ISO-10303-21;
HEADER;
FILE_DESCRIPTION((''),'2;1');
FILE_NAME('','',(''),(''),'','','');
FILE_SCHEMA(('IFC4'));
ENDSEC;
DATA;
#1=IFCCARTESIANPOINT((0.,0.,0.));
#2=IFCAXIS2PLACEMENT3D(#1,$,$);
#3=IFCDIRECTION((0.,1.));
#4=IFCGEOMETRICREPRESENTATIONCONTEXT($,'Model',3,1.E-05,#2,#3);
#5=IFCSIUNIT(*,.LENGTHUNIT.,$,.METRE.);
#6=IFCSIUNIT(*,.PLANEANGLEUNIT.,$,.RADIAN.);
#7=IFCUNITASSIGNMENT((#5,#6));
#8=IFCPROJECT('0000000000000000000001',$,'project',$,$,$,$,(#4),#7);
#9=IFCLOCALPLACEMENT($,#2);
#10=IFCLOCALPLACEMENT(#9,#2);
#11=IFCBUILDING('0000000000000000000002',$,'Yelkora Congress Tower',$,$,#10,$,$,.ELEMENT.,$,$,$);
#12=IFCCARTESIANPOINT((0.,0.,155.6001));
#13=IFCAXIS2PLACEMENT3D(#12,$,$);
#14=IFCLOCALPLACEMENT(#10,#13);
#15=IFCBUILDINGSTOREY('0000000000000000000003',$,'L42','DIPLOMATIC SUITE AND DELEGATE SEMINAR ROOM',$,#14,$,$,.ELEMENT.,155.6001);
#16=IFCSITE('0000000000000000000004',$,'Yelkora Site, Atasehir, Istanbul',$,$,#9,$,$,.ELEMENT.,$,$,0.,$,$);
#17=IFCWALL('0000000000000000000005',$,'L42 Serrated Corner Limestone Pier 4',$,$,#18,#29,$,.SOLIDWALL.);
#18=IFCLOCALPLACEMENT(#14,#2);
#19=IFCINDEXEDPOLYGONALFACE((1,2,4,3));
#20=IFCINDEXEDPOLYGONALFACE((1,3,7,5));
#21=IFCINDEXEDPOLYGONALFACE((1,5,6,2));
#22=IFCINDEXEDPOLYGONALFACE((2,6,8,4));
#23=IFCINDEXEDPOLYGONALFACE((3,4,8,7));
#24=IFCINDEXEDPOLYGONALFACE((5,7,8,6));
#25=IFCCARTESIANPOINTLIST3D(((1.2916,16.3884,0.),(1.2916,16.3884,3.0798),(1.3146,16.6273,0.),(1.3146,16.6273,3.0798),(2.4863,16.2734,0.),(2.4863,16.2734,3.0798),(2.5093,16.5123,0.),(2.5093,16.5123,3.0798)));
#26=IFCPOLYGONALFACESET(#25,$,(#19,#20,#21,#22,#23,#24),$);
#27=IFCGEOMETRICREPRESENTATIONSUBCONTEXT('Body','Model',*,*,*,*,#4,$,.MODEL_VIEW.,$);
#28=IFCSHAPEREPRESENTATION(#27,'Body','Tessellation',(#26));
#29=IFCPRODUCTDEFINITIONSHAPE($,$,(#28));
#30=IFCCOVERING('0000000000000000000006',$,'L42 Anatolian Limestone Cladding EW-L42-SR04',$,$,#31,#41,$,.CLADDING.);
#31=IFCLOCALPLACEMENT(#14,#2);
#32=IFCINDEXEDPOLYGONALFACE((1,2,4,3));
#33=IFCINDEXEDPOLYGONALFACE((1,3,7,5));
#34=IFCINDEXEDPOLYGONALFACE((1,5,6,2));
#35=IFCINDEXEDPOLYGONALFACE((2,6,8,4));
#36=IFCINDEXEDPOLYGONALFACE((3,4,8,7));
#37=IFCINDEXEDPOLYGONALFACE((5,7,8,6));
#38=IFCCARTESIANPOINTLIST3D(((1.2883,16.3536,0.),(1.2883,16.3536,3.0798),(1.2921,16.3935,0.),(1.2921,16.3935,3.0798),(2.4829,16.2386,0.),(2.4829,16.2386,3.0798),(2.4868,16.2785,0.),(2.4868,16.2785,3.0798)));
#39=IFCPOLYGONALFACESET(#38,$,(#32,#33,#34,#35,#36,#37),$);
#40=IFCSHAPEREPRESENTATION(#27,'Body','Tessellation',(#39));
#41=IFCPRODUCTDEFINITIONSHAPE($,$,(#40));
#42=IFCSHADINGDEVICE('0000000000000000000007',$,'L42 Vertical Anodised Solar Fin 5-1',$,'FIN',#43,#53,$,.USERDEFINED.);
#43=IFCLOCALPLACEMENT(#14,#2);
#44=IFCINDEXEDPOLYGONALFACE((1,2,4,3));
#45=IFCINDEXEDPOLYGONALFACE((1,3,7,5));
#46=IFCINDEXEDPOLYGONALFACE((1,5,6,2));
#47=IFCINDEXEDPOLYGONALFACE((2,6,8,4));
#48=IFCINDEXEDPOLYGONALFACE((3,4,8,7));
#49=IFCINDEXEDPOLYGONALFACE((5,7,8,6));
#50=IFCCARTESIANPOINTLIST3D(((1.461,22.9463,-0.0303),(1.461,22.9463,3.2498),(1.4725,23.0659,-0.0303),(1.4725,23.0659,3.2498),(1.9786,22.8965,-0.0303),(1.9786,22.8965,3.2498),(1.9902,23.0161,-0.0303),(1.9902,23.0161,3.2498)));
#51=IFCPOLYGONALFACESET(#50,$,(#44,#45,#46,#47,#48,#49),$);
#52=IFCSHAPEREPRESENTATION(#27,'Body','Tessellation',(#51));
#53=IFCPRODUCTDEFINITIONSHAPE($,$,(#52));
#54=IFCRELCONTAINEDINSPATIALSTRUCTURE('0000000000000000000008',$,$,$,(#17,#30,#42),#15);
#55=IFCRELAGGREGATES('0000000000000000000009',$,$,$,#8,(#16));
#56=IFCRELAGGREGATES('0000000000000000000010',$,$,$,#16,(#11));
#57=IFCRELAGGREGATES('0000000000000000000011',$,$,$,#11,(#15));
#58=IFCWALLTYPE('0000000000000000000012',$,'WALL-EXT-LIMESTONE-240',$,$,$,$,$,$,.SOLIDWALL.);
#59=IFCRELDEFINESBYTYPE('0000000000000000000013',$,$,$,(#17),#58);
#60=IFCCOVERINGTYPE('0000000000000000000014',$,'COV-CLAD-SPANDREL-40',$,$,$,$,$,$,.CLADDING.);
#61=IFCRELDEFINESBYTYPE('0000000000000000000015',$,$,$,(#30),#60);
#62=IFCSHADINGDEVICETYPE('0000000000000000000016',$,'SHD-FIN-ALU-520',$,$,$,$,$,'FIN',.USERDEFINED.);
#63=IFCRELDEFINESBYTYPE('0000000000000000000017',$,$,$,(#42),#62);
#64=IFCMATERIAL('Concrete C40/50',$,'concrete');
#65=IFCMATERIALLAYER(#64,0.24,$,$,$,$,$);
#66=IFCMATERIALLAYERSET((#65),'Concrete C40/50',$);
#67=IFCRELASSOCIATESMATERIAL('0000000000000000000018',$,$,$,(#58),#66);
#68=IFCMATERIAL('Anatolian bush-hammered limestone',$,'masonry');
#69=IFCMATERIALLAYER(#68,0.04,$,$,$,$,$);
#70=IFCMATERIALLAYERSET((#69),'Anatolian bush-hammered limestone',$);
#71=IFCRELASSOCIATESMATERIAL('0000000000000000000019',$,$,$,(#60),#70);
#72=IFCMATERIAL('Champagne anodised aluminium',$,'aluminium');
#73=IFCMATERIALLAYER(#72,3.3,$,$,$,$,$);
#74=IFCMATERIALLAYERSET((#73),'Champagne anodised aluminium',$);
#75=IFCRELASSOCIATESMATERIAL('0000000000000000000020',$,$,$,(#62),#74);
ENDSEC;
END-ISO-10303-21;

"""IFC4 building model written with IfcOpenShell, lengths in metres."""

from ifc_helpers import new_model, si_unit, direction, frame, frame_2d, origin, origin_2d, place, context, subcontext, project, spatial, rectangle, extrude, material, layer, layer_set, type_object, element, save


model = new_model("IFC4")

# Units and contexts
model_context = context("Model", 3, precision=1e-05, world=origin(), true_north=direction((0.0, 1.0)))
body_context = subcontext(model_context, "Body", "Model", "MODEL_VIEW")
ifc_project = project(units=[si_unit("LENGTHUNIT", "METRE"), si_unit("PLANEANGLEUNIT", "RADIAN")], contexts=[model_context])

# Site, building, storey
site_placement = place(None, origin())
site = spatial("IfcSite", under=ifc_project, at=site_placement, Name="Yelkora Site, Atasehir, Istanbul", CompositionType="ELEMENT", RefElevation=0.0)
building_placement = place(site_placement, origin())
building = spatial("IfcBuilding", under=site, at=building_placement, Name="Yelkora Congress Tower", CompositionType="ELEMENT")
storey_placement = place(building_placement, frame((0.0, 0.0, 155.6001)))
storey = spatial("IfcBuildingStorey", under=building, at=storey_placement, Name="L42", Description="DIPLOMATIC SUITE AND DELEGATE SEMINAR ROOM", CompositionType="ELEMENT", Elevation=155.6001)

# Wall
ifc_material_1 = material(Name="Concrete C40/50", Category="concrete")
ifc_layer_1 = layer(ifc_material_1, 0.24)
ifc_layer_set_1 = layer_set([ifc_layer_1], Name="Concrete C40/50")
wall_type_1 = type_object("IfcWallType", Name="WALL-EXT-LIMESTONE-240", PredefinedType="SOLIDWALL", material=ifc_layer_set_1)
wall_1_placement = place(storey_placement, frame((2.4978, 16.3928, 0.0), z_axis=(0.0, 0.0, 1.0), x_axis=(-0.995399, 0.095817, 0.0)))
element("IfcWall", 1, at=wall_1_placement, inside=storey, type_object=wall_type_1, Name="L42 Serrated Corner Limestone Pier 4", PredefinedType="SOLIDWALL", context=body_context, shape_type="SweptSolid", body=[
    extrude(rectangle(XDim=1.2002, YDim=0.24, at=frame_2d((0.6001, 0.0))), origin(), (0.0, 0.0, 1.0), 3.0798),
])

# Covering
ifc_material_2 = material(Name="Anatolian bush-hammered limestone", Category="masonry")
ifc_layer_2 = layer(ifc_material_2, 0.04)
ifc_layer_set_2 = layer_set([ifc_layer_2], Name="Anatolian bush-hammered limestone")
covering_type = type_object("IfcCoveringType", Name="COV-CLAD-SPANDREL-40", PredefinedType="CLADDING", material=ifc_layer_set_2)
covering_placement = place(storey_placement, frame((2.4849, 16.2585, 0.0), z_axis=(0.0, 0.0, 1.0), x_axis=(-0.995399, 0.095817, 0.0)))
element("IfcCovering", 2, at=covering_placement, inside=storey, type_object=covering_type, Name="L42 Anatolian Limestone Cladding EW-L42-SR04", PredefinedType="CLADDING", context=body_context, shape_type="SweptSolid", body=[
    extrude(rectangle(XDim=1.2002, YDim=0.04, at=frame_2d((0.6001, 0.0))), origin(), (0.0, 0.0, 1.0), 3.0798),
])

# Shading device
ifc_material_3 = material(Name="Champagne anodised aluminium", Category="aluminium")
ifc_layer_3 = layer(ifc_material_3, 3.3)
ifc_layer_set_3 = layer_set([ifc_layer_3], Name="Champagne anodised aluminium")
shading_device_type = type_object("IfcShadingDeviceType", Name="SHD-FIN-ALU-520", ElementType="FIN", PredefinedType="USERDEFINED", material=ifc_layer_set_3)
shading_device_placement = place(storey_placement, frame((1.7256, 22.9812, -0.0303), z_axis=(0.0, 0.0, 1.0), x_axis=(0.095846, 0.995396, 0.0)))
element("IfcShadingDevice", 3, at=shading_device_placement, inside=storey, type_object=shading_device_type, Name="L42 Vertical Anodised Solar Fin 5-1", ObjectType="FIN", PredefinedType="USERDEFINED", context=body_context, shape_type="SweptSolid", body=[
    extrude(rectangle(XDim=0.1201, YDim=0.52, at=origin_2d()), origin(), (0.0, 0.0, 1.0), 3.28),
])

save(model, "model.ifc")
